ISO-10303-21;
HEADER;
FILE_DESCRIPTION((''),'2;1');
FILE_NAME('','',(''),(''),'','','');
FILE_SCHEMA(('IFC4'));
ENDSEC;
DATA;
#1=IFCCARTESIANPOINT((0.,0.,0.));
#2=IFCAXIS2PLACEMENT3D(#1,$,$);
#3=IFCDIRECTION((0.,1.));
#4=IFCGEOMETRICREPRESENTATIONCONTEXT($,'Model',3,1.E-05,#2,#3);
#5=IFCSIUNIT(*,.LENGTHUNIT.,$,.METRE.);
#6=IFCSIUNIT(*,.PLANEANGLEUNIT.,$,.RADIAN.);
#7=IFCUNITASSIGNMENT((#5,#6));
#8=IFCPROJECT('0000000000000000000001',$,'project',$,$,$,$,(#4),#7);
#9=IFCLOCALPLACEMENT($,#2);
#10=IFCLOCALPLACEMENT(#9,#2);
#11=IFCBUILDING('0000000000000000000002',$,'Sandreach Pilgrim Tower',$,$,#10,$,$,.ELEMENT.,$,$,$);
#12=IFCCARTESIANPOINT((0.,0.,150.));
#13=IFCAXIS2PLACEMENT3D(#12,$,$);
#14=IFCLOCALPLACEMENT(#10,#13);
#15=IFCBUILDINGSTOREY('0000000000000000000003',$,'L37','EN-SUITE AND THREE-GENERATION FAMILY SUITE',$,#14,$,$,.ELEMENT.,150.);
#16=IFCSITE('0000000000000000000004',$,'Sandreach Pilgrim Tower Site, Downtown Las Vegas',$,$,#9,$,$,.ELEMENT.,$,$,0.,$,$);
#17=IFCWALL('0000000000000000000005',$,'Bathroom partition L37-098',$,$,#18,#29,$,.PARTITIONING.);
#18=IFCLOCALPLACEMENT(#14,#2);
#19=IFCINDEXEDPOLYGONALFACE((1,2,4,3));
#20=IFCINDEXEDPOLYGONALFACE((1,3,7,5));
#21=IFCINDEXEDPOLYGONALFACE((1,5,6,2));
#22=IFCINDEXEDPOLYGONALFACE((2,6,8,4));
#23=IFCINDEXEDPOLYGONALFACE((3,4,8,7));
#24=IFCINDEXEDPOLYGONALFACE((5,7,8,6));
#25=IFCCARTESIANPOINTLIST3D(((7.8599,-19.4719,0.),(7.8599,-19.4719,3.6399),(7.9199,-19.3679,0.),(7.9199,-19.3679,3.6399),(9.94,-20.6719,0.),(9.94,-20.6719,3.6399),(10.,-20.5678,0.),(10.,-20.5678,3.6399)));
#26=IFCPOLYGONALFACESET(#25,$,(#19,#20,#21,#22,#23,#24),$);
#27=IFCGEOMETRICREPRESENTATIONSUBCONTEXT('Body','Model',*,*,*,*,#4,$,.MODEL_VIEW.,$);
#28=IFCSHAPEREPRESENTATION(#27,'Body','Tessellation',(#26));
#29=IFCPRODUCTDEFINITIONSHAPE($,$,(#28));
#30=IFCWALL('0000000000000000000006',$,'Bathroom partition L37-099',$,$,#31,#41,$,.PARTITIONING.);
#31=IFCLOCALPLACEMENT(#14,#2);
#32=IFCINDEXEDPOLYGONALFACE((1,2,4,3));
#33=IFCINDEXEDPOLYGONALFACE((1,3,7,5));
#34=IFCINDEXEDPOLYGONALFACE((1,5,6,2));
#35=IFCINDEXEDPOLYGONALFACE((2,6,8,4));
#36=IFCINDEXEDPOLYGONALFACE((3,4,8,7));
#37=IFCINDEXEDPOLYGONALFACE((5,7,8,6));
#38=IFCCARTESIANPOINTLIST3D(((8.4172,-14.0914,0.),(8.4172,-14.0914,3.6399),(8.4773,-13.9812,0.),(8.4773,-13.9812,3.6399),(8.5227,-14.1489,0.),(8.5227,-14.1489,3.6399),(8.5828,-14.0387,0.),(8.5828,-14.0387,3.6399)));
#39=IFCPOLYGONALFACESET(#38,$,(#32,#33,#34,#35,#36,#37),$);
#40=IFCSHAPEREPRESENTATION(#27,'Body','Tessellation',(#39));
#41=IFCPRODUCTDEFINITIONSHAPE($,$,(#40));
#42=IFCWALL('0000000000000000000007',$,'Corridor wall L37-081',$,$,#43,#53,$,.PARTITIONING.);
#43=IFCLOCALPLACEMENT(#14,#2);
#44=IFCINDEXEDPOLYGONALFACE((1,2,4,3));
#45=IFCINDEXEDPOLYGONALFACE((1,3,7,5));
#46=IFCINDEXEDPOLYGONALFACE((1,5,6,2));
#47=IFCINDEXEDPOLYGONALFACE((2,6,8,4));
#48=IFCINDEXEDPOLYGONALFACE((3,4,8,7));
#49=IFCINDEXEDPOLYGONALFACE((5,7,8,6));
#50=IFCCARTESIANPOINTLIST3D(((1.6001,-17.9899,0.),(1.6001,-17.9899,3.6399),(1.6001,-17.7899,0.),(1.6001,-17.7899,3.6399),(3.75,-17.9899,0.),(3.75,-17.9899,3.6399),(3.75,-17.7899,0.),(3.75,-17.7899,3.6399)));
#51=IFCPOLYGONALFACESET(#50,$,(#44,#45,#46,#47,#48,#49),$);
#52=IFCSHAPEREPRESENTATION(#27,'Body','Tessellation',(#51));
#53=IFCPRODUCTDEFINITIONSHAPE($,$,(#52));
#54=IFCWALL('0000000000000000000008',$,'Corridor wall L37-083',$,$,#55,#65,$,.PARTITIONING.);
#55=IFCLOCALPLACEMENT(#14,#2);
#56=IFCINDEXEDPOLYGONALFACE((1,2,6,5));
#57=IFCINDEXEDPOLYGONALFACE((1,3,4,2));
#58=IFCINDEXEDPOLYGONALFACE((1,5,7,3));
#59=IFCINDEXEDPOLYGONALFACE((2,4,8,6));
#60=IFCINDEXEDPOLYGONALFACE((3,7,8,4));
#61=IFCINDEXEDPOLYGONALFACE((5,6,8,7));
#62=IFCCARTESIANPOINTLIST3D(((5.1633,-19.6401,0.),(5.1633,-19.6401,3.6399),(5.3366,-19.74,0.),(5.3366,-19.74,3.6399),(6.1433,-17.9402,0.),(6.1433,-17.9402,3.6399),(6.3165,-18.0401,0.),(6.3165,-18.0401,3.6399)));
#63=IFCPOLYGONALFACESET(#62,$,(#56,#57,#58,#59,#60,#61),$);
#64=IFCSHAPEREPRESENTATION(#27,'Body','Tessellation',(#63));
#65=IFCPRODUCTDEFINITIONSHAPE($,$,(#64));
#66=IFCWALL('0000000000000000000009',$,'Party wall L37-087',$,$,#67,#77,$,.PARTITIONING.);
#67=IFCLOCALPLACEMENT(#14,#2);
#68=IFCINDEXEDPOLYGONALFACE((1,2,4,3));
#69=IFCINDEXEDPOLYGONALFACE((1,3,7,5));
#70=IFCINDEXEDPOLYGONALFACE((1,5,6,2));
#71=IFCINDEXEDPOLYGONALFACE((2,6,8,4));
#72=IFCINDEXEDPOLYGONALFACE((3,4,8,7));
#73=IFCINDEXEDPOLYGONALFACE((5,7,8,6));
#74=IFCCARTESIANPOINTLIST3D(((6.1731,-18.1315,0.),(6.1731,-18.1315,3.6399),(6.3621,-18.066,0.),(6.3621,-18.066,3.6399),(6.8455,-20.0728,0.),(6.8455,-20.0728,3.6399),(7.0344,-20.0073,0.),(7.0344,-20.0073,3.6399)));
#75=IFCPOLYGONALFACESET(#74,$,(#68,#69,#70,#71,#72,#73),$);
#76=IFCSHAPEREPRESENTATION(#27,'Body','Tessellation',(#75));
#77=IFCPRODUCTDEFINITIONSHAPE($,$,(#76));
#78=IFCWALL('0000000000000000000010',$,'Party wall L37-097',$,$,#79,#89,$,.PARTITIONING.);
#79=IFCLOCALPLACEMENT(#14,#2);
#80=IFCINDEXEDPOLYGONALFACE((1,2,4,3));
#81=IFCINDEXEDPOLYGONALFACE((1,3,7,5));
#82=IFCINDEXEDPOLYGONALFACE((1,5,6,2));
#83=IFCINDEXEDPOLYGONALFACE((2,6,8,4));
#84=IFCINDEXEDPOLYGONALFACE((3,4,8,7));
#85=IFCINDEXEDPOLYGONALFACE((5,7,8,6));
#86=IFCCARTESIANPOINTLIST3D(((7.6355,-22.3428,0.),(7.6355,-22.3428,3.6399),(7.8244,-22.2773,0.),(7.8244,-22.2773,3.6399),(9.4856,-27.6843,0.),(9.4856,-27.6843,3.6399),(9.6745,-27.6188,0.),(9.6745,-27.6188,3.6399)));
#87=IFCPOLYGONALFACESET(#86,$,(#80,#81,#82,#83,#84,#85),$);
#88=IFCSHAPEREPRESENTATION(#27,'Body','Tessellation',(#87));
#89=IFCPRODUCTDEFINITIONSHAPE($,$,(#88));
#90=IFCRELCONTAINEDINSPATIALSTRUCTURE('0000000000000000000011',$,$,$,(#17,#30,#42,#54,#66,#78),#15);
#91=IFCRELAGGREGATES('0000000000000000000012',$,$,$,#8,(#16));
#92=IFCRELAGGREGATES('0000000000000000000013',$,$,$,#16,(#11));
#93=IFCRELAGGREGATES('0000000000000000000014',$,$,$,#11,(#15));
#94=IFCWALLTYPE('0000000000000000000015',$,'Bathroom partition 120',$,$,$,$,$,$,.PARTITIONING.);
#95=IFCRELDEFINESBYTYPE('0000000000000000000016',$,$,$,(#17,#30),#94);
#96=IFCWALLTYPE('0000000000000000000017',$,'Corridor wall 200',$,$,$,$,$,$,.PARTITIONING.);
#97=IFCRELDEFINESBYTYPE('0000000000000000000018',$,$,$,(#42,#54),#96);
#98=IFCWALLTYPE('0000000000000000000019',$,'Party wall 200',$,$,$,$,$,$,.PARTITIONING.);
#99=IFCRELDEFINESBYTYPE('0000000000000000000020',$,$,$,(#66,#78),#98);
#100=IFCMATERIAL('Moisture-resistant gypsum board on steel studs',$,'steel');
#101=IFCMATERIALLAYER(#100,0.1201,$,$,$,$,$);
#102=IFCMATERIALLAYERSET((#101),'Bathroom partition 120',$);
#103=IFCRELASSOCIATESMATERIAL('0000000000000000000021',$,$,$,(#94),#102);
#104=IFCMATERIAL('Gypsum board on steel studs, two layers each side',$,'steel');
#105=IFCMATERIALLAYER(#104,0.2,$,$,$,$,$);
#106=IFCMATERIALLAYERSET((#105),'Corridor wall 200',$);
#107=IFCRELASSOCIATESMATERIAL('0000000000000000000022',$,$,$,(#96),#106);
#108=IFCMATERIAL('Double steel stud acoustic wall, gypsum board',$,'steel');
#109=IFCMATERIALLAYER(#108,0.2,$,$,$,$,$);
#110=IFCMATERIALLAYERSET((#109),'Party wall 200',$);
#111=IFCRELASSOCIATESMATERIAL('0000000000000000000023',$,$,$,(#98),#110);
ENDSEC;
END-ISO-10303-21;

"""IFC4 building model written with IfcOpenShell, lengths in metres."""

from ifc_helpers import new_model, si_unit, direction, frame, frame_2d, origin, place, context, subcontext, project, spatial, rectangle, extrude, material, layer, layer_set, type_object, element, save


model = new_model("IFC4")

# Units and contexts
model_context = context("Model", 3, precision=1e-05, world=origin(), true_north=direction((0.0, 1.0)))
body_context = subcontext(model_context, "Body", "Model", "MODEL_VIEW")
ifc_project = project(units=[si_unit("LENGTHUNIT", "METRE"), si_unit("PLANEANGLEUNIT", "RADIAN")], contexts=[model_context])

# Site, building, storey
site_placement = place(None, origin())
site = spatial("IfcSite", under=ifc_project, at=site_placement, Name="Sandreach Pilgrim Tower Site, Downtown Las Vegas", CompositionType="ELEMENT", RefElevation=0.0)
building_placement = place(site_placement, origin())
building = spatial("IfcBuilding", under=site, at=building_placement, Name="Sandreach Pilgrim Tower", CompositionType="ELEMENT")
storey_placement = place(building_placement, frame((0.0, 0.0, 150.0)))
storey = spatial("IfcBuildingStorey", under=building, at=storey_placement, Name="L37", Description="EN-SUITE AND THREE-GENERATION FAMILY SUITE", CompositionType="ELEMENT", Elevation=150.0)

# Shared definitions
ifc_material_1 = material(Name="Moisture-resistant gypsum board on steel studs", Category="steel")
ifc_layer_1 = layer(ifc_material_1, 0.1201)
ifc_layer_set_1 = layer_set([ifc_layer_1], Name="Bathroom partition 120")
wall_type_1 = type_object("IfcWallType", Name="Bathroom partition 120", PredefinedType="PARTITIONING", material=ifc_layer_set_1)

# Walls
wall_1_placement = place(storey_placement, frame((7.8899, -19.4199, 0.0), z_axis=(0.0, 0.0, 1.0), x_axis=(0.866203, -0.499693, 0.0)))
element("IfcWall", 1, at=wall_1_placement, inside=storey, type_object=wall_type_1, Name="Bathroom partition L37-098", PredefinedType="PARTITIONING", context=body_context, shape_type="SweptSolid", body=[
    extrude(rectangle(XDim=2.4014, YDim=0.1201, at=frame_2d((1.2007, 0.0))), origin(), (0.0, 0.0, 1.0), 3.6399),
])
wall_2_placement = place(storey_placement, frame((8.47, -14.1201, 0.0), z_axis=(0.0, 0.0, 1.0), x_axis=(0.478852, 0.877896, 0.0)))
element("IfcWall", 2, at=wall_2_placement, inside=storey, type_object=wall_type_1, Name="Bathroom partition L37-099", PredefinedType="PARTITIONING", context=body_context, shape_type="SweptSolid", body=[
    extrude(rectangle(XDim=0.1255, YDim=0.1201, at=frame_2d((0.0627, 0.0))), origin(), (0.0, 0.0, 1.0), 3.6399),
])

# Shared definitions
ifc_material_2 = material(Name="Gypsum board on steel studs, two layers each side", Category="steel")
ifc_layer_2 = layer(ifc_material_2, 0.2)
ifc_layer_set_2 = layer_set([ifc_layer_2], Name="Corridor wall 200")
wall_type_2 = type_object("IfcWallType", Name="Corridor wall 200", PredefinedType="PARTITIONING", material=ifc_layer_set_2)

# Walls
wall_3_placement = place(storey_placement, frame((3.75, -17.8899, 0.0), z_axis=(0.0, 0.0, 1.0), x_axis=(-1.0, 0.0, 0.0)))
element("IfcWall", 3, at=wall_3_placement, inside=storey, type_object=wall_type_2, Name="Corridor wall L37-081", PredefinedType="PARTITIONING", context=body_context, shape_type="SweptSolid", body=[
    extrude(rectangle(XDim=2.1499, YDim=0.2, at=frame_2d((1.075, 0.0))), origin(), (0.0, 0.0, 1.0), 3.6399),
])
wall_4_placement = place(storey_placement, frame((5.25, -19.6899, 0.0), z_axis=(0.0, 0.0, 1.0), x_axis=(0.499432, 0.866353, 0.0)))
element("IfcWall", 4, at=wall_4_placement, inside=storey, type_object=wall_type_2, Name="Corridor wall L37-083", PredefinedType="PARTITIONING", context=body_context, shape_type="SweptSolid", body=[
    extrude(rectangle(XDim=1.9622, YDim=0.2, at=frame_2d((0.981, 0.0))), origin(), (0.0, 0.0, 1.0), 3.6399),
])

# Walls
ifc_material_3 = material(Name="Double steel stud acoustic wall, gypsum board", Category="steel")
ifc_layer_3 = layer(ifc_material_3, 0.2)
ifc_layer_set_3 = layer_set([ifc_layer_3], Name="Party wall 200")
wall_type_3 = type_object("IfcWallType", Name="Party wall 200", PredefinedType="PARTITIONING", material=ifc_layer_set_3)
wall_5_placement = place(storey_placement, frame((6.2676, -18.0986, 0.0), z_axis=(0.0, 0.0, 1.0), x_axis=(0.327257, -0.944935, 0.0)))
element("IfcWall", 5, at=wall_5_placement, inside=storey, type_object=wall_type_3, Name="Party wall L37-087", PredefinedType="PARTITIONING", context=body_context, shape_type="SweptSolid", body=[
    extrude(rectangle(XDim=2.0544, YDim=0.2, at=frame_2d((1.0273, 0.0))), origin(), (0.0, 0.0, 1.0), 3.6399),
])
wall_6_placement = place(storey_placement, frame((7.73, -22.3101, 0.0), z_axis=(0.0, 0.0, 1.0), x_axis=(0.327284, -0.944926, 0.0)))
element("IfcWall", 6, at=wall_6_placement, inside=storey, type_object=wall_type_3, Name="Party wall L37-097", PredefinedType="PARTITIONING", context=body_context, shape_type="SweptSolid", body=[
    extrude(rectangle(XDim=5.6528, YDim=0.2, at=frame_2d((2.8264, 0.0))), origin(), (0.0, 0.0, 1.0), 3.6399),
])

save(model, "model.ifc")
